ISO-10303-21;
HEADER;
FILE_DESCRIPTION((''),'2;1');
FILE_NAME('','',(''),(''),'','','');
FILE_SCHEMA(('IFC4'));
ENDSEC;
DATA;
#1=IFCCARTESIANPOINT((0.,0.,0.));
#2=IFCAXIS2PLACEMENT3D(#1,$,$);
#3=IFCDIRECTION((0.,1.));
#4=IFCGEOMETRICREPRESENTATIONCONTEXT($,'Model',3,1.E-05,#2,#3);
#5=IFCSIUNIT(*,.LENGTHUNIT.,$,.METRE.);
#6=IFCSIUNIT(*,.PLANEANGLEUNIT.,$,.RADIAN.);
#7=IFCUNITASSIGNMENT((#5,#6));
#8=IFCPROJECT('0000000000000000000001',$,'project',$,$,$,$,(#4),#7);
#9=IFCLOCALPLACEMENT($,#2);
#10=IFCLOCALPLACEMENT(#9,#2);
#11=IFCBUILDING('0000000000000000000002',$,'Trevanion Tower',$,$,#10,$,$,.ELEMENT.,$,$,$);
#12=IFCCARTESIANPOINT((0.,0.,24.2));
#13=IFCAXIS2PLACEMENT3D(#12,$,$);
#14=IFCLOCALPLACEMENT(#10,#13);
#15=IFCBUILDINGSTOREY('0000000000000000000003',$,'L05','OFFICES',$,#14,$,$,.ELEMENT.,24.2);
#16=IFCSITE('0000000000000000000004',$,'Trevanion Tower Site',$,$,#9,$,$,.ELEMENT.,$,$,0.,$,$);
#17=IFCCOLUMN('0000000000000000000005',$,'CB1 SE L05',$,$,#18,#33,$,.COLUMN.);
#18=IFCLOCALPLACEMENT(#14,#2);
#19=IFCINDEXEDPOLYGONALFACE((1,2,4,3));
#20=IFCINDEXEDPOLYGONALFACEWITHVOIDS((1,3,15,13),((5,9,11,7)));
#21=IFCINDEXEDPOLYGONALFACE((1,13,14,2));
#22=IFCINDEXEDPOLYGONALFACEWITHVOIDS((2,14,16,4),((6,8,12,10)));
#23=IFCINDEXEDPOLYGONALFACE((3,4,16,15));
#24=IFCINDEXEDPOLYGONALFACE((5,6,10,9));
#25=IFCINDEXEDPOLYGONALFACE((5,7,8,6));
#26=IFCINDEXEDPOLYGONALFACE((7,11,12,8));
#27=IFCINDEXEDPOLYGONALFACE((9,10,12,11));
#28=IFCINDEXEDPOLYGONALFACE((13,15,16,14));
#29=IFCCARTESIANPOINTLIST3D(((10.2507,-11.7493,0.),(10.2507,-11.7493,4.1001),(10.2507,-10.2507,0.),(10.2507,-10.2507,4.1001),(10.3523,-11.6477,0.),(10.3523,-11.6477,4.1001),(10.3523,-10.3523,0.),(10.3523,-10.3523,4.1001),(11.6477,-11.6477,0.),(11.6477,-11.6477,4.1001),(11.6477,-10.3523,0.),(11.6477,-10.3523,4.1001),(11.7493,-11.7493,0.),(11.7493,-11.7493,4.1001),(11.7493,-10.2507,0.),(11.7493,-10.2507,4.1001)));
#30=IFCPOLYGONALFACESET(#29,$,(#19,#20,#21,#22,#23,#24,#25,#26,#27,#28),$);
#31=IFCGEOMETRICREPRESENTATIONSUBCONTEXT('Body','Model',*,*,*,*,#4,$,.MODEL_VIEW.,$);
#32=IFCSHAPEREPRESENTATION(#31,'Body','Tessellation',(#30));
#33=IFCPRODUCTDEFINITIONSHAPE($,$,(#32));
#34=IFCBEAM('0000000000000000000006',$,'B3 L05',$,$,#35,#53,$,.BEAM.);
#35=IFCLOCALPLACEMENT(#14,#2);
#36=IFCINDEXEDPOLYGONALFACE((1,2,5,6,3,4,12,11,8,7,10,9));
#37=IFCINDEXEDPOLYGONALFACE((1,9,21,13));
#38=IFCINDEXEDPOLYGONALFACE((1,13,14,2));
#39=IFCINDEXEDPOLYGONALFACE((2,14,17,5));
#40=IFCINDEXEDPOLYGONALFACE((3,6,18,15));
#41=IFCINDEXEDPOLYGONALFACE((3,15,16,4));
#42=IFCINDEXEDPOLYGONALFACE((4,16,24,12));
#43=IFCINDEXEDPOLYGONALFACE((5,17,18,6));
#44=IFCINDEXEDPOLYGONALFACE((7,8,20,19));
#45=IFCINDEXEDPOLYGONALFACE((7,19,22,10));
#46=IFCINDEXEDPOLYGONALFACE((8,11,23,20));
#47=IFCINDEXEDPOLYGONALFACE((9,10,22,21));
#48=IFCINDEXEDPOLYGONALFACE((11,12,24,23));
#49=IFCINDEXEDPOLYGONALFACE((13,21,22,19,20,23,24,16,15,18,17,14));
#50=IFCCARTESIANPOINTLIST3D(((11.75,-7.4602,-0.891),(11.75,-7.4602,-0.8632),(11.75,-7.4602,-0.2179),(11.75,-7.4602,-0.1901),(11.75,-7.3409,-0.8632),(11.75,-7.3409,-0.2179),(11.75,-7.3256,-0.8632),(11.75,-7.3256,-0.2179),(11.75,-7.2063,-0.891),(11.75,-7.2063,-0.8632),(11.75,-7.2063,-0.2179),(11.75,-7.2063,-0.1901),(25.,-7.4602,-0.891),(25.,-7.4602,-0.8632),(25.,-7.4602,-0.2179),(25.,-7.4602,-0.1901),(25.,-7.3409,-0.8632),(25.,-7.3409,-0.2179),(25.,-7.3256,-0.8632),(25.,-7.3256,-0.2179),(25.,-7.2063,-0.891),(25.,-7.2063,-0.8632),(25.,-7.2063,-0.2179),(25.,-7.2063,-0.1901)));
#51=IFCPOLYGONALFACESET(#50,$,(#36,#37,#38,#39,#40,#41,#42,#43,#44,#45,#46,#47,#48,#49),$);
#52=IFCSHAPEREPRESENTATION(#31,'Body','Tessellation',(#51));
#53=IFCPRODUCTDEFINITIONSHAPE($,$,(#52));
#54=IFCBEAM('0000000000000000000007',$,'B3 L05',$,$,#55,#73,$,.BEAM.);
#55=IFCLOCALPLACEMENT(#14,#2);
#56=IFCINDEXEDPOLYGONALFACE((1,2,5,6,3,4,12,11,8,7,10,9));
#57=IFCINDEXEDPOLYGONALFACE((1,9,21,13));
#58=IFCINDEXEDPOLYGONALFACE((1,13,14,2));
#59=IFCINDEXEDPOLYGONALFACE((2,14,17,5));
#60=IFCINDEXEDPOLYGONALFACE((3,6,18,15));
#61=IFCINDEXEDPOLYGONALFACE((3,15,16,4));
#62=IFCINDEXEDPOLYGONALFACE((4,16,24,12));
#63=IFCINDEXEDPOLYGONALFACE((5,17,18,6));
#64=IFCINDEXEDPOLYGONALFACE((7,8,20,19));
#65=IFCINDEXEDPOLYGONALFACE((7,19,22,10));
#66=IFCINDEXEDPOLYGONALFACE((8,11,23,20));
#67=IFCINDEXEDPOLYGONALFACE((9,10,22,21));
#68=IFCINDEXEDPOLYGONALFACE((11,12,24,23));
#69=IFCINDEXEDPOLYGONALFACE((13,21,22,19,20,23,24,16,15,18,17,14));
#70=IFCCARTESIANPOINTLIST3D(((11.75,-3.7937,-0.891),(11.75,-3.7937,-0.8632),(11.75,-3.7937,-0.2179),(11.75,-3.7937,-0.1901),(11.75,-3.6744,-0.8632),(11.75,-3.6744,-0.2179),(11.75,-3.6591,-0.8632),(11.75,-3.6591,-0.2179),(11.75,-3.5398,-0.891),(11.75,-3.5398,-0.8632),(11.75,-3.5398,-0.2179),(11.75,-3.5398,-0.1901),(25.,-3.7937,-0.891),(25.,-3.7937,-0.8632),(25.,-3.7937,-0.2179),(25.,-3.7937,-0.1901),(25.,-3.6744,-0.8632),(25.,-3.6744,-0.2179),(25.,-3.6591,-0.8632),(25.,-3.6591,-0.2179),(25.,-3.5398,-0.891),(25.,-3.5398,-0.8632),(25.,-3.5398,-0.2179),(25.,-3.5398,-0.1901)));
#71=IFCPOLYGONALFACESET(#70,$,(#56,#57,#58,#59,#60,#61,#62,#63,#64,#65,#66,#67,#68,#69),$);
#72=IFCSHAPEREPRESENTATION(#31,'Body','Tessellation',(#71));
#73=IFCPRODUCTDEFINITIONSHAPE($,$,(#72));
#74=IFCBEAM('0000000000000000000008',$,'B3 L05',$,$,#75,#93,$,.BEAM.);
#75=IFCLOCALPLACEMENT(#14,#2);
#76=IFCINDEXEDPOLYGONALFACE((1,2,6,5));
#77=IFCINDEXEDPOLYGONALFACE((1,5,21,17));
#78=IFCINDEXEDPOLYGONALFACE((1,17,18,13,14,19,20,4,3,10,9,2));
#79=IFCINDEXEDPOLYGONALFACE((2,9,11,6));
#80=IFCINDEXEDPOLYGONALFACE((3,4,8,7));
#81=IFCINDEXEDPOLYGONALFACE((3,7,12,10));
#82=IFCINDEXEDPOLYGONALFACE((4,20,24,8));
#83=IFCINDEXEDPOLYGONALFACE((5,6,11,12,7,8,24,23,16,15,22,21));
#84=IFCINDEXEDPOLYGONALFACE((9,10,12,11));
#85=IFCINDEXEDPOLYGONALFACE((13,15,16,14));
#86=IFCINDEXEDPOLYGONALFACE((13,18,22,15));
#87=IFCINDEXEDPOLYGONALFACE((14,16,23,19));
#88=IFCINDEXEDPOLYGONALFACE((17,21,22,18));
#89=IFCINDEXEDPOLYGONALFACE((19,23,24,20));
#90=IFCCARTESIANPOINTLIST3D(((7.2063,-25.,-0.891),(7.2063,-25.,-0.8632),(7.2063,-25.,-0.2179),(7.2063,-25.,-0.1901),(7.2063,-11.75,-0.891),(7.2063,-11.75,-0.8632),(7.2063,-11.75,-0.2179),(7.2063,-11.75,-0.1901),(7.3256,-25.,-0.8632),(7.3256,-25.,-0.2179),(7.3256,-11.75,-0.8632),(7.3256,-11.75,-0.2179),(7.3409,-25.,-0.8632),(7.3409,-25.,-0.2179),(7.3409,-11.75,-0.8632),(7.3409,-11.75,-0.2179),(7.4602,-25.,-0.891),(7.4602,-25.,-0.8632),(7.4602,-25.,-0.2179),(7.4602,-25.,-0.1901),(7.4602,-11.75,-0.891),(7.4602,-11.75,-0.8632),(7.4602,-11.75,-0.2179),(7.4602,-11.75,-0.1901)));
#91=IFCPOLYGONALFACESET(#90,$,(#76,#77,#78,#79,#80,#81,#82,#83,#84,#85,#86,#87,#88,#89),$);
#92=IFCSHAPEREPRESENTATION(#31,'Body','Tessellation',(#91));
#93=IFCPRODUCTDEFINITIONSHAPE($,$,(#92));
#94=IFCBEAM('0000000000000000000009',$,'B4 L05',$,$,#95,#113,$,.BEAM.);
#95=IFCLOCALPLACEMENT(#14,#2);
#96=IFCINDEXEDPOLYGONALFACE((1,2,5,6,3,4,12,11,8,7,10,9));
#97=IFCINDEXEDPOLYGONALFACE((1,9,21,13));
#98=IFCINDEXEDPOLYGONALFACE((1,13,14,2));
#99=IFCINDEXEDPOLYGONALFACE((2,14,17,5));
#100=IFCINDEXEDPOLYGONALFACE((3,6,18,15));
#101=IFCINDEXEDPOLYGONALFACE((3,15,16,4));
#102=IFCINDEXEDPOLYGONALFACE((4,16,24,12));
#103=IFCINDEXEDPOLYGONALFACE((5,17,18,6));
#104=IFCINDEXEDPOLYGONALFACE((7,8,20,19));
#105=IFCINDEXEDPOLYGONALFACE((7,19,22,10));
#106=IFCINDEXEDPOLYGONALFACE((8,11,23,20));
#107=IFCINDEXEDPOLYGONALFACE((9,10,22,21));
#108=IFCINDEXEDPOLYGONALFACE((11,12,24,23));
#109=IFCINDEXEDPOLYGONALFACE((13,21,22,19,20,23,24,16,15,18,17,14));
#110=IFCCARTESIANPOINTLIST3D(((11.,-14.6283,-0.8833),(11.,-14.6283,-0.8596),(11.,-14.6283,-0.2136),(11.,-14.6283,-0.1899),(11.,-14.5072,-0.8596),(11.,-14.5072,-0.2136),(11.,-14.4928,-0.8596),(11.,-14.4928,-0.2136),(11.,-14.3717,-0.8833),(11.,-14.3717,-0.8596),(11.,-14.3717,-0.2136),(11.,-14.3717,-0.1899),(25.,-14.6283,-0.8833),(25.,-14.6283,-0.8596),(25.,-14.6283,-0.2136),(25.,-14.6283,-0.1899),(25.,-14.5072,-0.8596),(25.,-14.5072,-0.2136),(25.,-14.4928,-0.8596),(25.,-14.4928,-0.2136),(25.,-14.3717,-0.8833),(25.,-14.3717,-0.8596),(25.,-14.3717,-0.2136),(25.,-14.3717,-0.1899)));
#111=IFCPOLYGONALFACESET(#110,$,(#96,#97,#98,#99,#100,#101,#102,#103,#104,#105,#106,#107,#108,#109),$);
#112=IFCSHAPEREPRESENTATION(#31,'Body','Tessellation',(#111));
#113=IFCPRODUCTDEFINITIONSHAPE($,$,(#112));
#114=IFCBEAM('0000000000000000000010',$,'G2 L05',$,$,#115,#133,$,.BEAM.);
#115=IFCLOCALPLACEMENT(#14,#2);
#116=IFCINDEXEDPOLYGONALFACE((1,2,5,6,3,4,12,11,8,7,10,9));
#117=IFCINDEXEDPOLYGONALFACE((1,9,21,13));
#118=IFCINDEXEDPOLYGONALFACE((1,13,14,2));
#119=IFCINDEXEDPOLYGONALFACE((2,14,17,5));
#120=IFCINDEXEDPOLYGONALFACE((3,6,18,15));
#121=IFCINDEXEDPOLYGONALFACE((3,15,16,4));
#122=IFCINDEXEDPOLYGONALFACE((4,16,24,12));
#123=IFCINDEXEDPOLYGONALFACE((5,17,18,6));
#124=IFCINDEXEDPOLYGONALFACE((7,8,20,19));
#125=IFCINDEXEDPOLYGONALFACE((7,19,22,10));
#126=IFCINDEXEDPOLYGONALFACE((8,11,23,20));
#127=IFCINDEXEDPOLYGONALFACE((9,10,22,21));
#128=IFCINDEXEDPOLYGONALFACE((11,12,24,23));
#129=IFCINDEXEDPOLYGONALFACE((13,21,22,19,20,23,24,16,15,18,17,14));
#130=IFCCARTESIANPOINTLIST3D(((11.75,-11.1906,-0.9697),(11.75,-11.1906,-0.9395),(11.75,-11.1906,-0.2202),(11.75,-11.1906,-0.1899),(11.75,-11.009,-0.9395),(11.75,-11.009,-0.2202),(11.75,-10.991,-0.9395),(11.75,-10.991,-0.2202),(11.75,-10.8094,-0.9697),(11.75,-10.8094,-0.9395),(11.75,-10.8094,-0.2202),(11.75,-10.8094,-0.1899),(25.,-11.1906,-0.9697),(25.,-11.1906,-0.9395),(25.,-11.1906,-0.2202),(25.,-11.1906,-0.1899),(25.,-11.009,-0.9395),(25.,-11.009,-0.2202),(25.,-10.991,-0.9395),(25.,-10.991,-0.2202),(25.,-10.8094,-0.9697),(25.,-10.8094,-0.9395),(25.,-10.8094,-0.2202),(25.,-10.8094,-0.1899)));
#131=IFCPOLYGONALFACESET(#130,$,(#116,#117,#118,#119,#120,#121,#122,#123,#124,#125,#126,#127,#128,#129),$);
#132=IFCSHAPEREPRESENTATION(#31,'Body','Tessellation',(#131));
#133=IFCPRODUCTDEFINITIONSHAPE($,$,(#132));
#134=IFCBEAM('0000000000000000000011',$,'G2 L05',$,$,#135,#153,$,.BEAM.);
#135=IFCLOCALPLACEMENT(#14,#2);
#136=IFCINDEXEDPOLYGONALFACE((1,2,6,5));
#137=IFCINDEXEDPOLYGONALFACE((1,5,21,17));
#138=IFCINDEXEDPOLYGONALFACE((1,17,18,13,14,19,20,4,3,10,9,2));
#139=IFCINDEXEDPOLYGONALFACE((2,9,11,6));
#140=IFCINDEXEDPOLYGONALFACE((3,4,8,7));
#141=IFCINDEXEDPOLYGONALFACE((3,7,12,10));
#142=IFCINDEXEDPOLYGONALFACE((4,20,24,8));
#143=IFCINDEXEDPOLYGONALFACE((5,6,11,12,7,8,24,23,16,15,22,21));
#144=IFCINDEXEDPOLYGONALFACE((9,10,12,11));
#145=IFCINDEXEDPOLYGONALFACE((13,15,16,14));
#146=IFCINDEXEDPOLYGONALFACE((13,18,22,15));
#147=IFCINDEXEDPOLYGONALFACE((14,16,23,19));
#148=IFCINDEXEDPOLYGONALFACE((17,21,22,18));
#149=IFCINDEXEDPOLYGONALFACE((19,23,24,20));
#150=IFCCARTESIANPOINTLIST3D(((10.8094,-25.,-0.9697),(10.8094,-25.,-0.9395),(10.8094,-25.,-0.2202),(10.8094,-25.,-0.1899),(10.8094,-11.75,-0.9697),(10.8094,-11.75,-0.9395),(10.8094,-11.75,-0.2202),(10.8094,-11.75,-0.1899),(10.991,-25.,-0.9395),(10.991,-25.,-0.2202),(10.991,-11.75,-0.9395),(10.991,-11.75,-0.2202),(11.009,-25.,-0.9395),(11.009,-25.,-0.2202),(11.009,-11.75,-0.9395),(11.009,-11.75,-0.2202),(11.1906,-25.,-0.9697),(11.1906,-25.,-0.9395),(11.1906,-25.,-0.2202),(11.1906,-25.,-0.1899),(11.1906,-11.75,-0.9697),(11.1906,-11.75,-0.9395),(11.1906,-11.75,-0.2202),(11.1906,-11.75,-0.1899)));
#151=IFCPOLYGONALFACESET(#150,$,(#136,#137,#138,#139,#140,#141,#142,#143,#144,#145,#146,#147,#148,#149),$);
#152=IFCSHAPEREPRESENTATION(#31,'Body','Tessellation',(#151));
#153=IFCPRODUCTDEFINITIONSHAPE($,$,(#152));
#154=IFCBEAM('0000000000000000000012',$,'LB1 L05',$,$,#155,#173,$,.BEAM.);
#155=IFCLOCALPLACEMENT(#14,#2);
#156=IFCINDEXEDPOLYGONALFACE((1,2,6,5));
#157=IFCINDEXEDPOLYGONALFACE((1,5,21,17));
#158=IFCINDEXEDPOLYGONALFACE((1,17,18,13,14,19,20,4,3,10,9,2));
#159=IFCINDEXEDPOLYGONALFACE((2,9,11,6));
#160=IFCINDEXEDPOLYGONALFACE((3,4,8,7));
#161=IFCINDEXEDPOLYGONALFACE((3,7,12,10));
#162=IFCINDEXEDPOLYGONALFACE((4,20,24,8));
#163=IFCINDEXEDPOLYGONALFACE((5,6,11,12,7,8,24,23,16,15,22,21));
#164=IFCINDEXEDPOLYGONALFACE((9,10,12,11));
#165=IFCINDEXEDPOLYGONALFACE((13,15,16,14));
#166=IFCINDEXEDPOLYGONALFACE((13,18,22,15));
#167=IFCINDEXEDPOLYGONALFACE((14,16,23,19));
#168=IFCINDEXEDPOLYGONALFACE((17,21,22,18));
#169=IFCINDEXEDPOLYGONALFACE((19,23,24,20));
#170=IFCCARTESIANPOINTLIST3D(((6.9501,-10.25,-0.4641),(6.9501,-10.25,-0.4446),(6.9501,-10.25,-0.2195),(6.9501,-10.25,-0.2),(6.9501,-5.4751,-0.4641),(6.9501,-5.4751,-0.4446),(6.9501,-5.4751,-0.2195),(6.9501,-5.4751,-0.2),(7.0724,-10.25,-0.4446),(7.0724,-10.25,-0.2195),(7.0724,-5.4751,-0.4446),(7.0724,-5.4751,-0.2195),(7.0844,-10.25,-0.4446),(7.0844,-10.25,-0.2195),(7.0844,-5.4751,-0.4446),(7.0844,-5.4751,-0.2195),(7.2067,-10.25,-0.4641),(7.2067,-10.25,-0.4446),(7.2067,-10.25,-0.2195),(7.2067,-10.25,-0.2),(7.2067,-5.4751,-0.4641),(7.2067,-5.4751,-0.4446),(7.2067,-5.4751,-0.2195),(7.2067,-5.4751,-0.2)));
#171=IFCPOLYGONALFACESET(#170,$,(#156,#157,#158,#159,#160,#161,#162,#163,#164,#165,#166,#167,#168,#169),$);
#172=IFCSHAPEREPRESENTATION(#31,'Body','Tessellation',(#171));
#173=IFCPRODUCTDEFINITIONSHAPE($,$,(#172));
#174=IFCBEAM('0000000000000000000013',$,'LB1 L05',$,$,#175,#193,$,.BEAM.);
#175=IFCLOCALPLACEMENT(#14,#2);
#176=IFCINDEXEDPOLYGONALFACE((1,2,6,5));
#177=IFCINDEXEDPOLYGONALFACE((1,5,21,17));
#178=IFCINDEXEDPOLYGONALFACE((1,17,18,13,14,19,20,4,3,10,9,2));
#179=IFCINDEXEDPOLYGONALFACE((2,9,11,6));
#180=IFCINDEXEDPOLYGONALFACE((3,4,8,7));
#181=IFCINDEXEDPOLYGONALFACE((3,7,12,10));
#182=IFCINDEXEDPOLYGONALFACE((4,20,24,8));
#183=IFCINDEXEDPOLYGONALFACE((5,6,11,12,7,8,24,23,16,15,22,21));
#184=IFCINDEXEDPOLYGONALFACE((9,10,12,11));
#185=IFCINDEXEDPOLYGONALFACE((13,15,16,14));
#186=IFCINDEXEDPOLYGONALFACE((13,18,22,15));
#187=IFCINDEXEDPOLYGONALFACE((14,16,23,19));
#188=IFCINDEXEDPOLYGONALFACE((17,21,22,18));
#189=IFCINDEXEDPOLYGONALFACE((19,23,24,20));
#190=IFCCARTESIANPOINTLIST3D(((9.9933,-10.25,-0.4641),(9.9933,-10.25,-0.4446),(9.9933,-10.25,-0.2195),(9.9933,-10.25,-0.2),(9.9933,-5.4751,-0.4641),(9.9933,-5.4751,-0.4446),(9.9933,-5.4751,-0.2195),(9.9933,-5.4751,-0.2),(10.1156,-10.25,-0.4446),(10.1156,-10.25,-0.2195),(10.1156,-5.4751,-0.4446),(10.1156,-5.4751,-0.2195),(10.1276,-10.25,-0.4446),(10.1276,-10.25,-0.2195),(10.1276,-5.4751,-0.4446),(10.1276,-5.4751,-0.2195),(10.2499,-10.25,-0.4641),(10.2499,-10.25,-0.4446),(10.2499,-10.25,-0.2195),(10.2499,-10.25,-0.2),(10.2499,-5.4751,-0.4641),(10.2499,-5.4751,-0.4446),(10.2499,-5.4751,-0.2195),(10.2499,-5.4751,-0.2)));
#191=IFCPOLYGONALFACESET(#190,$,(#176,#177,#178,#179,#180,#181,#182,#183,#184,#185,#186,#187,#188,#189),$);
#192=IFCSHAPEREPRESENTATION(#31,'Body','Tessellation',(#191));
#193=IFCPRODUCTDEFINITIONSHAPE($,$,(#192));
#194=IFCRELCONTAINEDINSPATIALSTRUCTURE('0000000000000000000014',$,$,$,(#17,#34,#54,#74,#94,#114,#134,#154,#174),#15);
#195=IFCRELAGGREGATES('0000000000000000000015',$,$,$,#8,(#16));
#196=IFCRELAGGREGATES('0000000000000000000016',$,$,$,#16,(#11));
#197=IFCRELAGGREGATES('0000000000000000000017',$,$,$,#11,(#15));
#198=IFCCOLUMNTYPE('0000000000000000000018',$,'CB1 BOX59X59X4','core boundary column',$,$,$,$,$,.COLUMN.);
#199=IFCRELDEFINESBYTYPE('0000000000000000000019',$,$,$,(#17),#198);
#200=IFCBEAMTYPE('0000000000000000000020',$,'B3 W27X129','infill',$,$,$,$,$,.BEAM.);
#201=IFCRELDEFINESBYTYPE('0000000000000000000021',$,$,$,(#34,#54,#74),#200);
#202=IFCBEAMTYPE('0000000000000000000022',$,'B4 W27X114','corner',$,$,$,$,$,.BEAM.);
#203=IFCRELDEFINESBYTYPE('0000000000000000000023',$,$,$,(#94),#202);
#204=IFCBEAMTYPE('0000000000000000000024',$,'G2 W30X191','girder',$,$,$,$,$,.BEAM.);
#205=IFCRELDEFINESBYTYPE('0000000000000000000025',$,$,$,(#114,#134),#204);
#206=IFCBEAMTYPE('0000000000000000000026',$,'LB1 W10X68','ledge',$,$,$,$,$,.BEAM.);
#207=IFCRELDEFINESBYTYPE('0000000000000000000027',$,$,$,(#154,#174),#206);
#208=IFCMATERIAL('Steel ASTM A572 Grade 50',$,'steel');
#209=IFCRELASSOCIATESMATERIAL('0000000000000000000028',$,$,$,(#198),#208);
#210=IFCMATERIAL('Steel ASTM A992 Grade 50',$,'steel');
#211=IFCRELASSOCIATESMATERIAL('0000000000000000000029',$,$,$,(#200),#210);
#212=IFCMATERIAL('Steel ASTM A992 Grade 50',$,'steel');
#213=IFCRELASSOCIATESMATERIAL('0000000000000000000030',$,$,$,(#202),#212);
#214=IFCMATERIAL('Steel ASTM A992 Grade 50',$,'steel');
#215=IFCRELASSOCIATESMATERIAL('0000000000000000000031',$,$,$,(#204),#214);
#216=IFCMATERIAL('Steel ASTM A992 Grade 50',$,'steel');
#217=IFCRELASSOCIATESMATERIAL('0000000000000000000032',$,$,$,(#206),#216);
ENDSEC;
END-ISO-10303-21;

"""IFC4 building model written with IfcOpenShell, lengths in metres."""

from ifc_helpers import new_model, si_unit, direction, frame, origin, origin_2d, place, context, subcontext, project, spatial, hollow_rectangle, i_section, extrude, material, material_profile, profile_set, type_object, element, save


model = new_model("IFC4")

# Units and contexts
model_context = context("Model", 3, precision=1e-05, world=origin(), true_north=direction((0.0, 1.0)))
body_context = subcontext(model_context, "Body", "Model", "MODEL_VIEW")
ifc_project = project(units=[si_unit("LENGTHUNIT", "METRE"), si_unit("PLANEANGLEUNIT", "RADIAN")], contexts=[model_context])

# Site, building, storey
site_placement = place(None, origin())
site = spatial("IfcSite", under=ifc_project, at=site_placement, Name="Trevanion Tower Site", CompositionType="ELEMENT", RefElevation=0.0)
building_placement = place(site_placement, origin())
building = spatial("IfcBuilding", under=site, at=building_placement, Name="Trevanion Tower", CompositionType="ELEMENT")
storey_placement = place(building_placement, frame((0.0, 0.0, 24.2)))
storey = spatial("IfcBuildingStorey", under=building, at=storey_placement, Name="L05", Description="OFFICES", CompositionType="ELEMENT", Elevation=24.2)

# Column
ifc_material_1 = material(Name="Steel ASTM A572 Grade 50", Category="steel")
ifc_material_profile_1 = material_profile(ifc_material_1, hollow_rectangle(XDim=1.4985, YDim=1.4985, WallThickness=0.1016, at=origin_2d()), Name="BOX59X59X4")
ifc_profile_set_1 = profile_set([ifc_material_profile_1], Name="Steel ASTM A572 Grade 50")
column_type = type_object("IfcColumnType", Name="CB1 BOX59X59X4", Description="core boundary column", PredefinedType="COLUMN", material=ifc_profile_set_1)
column_placement = place(storey_placement, frame((11.0, -11.0, 0.0), z_axis=(0.0, 0.0, 1.0), x_axis=(1.0, 0.0, 0.0)))
element("IfcColumn", 1, at=column_placement, inside=storey, type_object=column_type, Name="CB1 SE L05", PredefinedType="COLUMN", context=body_context, shape_type="SweptSolid", body=[
    extrude(hollow_rectangle(XDim=1.4985, YDim=1.4985, WallThickness=0.1016, at=origin_2d()), origin(), (0.0, 0.0, 1.0), 4.1001),
])

# Beams
ifc_material_2 = material(Name="Steel ASTM A992 Grade 50", Category="steel")
ifc_material_profile_2 = material_profile(ifc_material_2, i_section(OverallWidth=0.2539, OverallDepth=0.7009, WebThickness=0.0154, FlangeThickness=0.0278, at=origin_2d()), Name="W27X129")
ifc_profile_set_2 = profile_set([ifc_material_profile_2], Name="Steel ASTM A992 Grade 50")
beam_type_1 = type_object("IfcBeamType", Name="B3 W27X129", Description="infill", PredefinedType="BEAM", material=ifc_profile_set_2)
for number, where, z_axis, x_axis, name in (
    (2, (11.75, -7.3333, -0.5405), (1.0, 0.0, 0.0), (0.0, 1.0, 0.0), "B3 L05"),
    (3, (11.75, -3.6667, -0.5405), (1.0, 0.0, 0.0), (0.0, 1.0, 0.0), "B3 L05"),
    (4, (7.3333, -11.75, -0.5405), (0.0, -1.0, 0.0), (1.0, 0.0, 0.0), "B3 L05"),
):
    element("IfcBeam", number, at=place(storey_placement, frame(where, z_axis=z_axis, x_axis=x_axis)), inside=storey, type_object=beam_type_1, Name=name, PredefinedType="BEAM", context=body_context, shape_type="SweptSolid", body=[
        extrude(i_section(OverallWidth=0.2539, OverallDepth=0.7009, WebThickness=0.0154, FlangeThickness=0.0278, at=origin_2d()), origin(), (0.0, 0.0, 1.0), 13.25),
    ])
ifc_material_3 = material(Name="Steel ASTM A992 Grade 50", Category="steel")
ifc_material_profile_3 = material_profile(ifc_material_3, i_section(OverallWidth=0.2566, OverallDepth=0.6934, WebThickness=0.0144, FlangeThickness=0.0237, at=origin_2d()), Name="W27X114")
ifc_profile_set_3 = profile_set([ifc_material_profile_3], Name="Steel ASTM A992 Grade 50")
beam_type_2 = type_object("IfcBeamType", Name="B4 W27X114", Description="corner", PredefinedType="BEAM", material=ifc_profile_set_3)
beam_1_placement = place(storey_placement, frame((11.0, -14.5, -0.5366), z_axis=(1.0, 0.0, 0.0), x_axis=(0.0, 1.0, 0.0)))
element("IfcBeam", 5, at=beam_1_placement, inside=storey, type_object=beam_type_2, Name="B4 L05", PredefinedType="BEAM", context=body_context, shape_type="SweptSolid", body=[
    extrude(i_section(OverallWidth=0.2566, OverallDepth=0.6934, WebThickness=0.0144, FlangeThickness=0.0237, at=origin_2d()), origin(), (0.0, 0.0, 1.0), 14.0),
])
ifc_material_4 = material(Name="Steel ASTM A992 Grade 50", Category="steel")
ifc_material_profile_4 = material_profile(ifc_material_4, i_section(OverallWidth=0.3811, OverallDepth=0.7798, WebThickness=0.0181, FlangeThickness=0.0303, at=origin_2d()), Name="W30X191")
ifc_profile_set_4 = profile_set([ifc_material_profile_4], Name="Steel ASTM A992 Grade 50")
beam_type_3 = type_object("IfcBeamType", Name="G2 W30X191", Description="girder", PredefinedType="BEAM", material=ifc_profile_set_4)
for number, where, z_axis, x_axis, name in (
    (6, (11.75, -11.0, -0.5798), (1.0, 0.0, 0.0), (0.0, 1.0, 0.0), "G2 L05"),
    (7, (11.0, -11.75, -0.5798), (0.0, -1.0, 0.0), (1.0, 0.0, 0.0), "G2 L05"),
):
    element("IfcBeam", number, at=place(storey_placement, frame(where, z_axis=z_axis, x_axis=x_axis)), inside=storey, type_object=beam_type_3, Name=name, PredefinedType="BEAM", context=body_context, shape_type="SweptSolid", body=[
        extrude(i_section(OverallWidth=0.3811, OverallDepth=0.7798, WebThickness=0.0181, FlangeThickness=0.0303, at=origin_2d()), origin(), (0.0, 0.0, 1.0), 13.25),
    ])
ifc_material_5 = material(Name="Steel ASTM A992 Grade 50", Category="steel")
ifc_material_profile_5 = material_profile(ifc_material_5, i_section(OverallWidth=0.2566, OverallDepth=0.2642, WebThickness=0.012, FlangeThickness=0.0195, at=origin_2d()), Name="W10X68")
ifc_profile_set_5 = profile_set([ifc_material_profile_5], Name="Steel ASTM A992 Grade 50")
beam_type_4 = type_object("IfcBeamType", Name="LB1 W10X68", Description="ledge", PredefinedType="BEAM", material=ifc_profile_set_5)
for number, where, z_axis, x_axis, name in (
    (8, (7.0784, -10.25, -0.332), (0.0, 1.0, 0.0), (-1.0, 0.0, 0.0), "LB1 L05"),
    (9, (10.1216, -10.25, -0.332), (0.0, 1.0, 0.0), (-1.0, 0.0, 0.0), "LB1 L05"),
):
    element("IfcBeam", number, at=place(storey_placement, frame(where, z_axis=z_axis, x_axis=x_axis)), inside=storey, type_object=beam_type_4, Name=name, PredefinedType="BEAM", context=body_context, shape_type="SweptSolid", body=[
        extrude(i_section(OverallWidth=0.2566, OverallDepth=0.2642, WebThickness=0.012, FlangeThickness=0.0195, at=origin_2d()), origin(), (0.0, 0.0, 1.0), 4.7749),
    ])

save(model, "model.ifc")
